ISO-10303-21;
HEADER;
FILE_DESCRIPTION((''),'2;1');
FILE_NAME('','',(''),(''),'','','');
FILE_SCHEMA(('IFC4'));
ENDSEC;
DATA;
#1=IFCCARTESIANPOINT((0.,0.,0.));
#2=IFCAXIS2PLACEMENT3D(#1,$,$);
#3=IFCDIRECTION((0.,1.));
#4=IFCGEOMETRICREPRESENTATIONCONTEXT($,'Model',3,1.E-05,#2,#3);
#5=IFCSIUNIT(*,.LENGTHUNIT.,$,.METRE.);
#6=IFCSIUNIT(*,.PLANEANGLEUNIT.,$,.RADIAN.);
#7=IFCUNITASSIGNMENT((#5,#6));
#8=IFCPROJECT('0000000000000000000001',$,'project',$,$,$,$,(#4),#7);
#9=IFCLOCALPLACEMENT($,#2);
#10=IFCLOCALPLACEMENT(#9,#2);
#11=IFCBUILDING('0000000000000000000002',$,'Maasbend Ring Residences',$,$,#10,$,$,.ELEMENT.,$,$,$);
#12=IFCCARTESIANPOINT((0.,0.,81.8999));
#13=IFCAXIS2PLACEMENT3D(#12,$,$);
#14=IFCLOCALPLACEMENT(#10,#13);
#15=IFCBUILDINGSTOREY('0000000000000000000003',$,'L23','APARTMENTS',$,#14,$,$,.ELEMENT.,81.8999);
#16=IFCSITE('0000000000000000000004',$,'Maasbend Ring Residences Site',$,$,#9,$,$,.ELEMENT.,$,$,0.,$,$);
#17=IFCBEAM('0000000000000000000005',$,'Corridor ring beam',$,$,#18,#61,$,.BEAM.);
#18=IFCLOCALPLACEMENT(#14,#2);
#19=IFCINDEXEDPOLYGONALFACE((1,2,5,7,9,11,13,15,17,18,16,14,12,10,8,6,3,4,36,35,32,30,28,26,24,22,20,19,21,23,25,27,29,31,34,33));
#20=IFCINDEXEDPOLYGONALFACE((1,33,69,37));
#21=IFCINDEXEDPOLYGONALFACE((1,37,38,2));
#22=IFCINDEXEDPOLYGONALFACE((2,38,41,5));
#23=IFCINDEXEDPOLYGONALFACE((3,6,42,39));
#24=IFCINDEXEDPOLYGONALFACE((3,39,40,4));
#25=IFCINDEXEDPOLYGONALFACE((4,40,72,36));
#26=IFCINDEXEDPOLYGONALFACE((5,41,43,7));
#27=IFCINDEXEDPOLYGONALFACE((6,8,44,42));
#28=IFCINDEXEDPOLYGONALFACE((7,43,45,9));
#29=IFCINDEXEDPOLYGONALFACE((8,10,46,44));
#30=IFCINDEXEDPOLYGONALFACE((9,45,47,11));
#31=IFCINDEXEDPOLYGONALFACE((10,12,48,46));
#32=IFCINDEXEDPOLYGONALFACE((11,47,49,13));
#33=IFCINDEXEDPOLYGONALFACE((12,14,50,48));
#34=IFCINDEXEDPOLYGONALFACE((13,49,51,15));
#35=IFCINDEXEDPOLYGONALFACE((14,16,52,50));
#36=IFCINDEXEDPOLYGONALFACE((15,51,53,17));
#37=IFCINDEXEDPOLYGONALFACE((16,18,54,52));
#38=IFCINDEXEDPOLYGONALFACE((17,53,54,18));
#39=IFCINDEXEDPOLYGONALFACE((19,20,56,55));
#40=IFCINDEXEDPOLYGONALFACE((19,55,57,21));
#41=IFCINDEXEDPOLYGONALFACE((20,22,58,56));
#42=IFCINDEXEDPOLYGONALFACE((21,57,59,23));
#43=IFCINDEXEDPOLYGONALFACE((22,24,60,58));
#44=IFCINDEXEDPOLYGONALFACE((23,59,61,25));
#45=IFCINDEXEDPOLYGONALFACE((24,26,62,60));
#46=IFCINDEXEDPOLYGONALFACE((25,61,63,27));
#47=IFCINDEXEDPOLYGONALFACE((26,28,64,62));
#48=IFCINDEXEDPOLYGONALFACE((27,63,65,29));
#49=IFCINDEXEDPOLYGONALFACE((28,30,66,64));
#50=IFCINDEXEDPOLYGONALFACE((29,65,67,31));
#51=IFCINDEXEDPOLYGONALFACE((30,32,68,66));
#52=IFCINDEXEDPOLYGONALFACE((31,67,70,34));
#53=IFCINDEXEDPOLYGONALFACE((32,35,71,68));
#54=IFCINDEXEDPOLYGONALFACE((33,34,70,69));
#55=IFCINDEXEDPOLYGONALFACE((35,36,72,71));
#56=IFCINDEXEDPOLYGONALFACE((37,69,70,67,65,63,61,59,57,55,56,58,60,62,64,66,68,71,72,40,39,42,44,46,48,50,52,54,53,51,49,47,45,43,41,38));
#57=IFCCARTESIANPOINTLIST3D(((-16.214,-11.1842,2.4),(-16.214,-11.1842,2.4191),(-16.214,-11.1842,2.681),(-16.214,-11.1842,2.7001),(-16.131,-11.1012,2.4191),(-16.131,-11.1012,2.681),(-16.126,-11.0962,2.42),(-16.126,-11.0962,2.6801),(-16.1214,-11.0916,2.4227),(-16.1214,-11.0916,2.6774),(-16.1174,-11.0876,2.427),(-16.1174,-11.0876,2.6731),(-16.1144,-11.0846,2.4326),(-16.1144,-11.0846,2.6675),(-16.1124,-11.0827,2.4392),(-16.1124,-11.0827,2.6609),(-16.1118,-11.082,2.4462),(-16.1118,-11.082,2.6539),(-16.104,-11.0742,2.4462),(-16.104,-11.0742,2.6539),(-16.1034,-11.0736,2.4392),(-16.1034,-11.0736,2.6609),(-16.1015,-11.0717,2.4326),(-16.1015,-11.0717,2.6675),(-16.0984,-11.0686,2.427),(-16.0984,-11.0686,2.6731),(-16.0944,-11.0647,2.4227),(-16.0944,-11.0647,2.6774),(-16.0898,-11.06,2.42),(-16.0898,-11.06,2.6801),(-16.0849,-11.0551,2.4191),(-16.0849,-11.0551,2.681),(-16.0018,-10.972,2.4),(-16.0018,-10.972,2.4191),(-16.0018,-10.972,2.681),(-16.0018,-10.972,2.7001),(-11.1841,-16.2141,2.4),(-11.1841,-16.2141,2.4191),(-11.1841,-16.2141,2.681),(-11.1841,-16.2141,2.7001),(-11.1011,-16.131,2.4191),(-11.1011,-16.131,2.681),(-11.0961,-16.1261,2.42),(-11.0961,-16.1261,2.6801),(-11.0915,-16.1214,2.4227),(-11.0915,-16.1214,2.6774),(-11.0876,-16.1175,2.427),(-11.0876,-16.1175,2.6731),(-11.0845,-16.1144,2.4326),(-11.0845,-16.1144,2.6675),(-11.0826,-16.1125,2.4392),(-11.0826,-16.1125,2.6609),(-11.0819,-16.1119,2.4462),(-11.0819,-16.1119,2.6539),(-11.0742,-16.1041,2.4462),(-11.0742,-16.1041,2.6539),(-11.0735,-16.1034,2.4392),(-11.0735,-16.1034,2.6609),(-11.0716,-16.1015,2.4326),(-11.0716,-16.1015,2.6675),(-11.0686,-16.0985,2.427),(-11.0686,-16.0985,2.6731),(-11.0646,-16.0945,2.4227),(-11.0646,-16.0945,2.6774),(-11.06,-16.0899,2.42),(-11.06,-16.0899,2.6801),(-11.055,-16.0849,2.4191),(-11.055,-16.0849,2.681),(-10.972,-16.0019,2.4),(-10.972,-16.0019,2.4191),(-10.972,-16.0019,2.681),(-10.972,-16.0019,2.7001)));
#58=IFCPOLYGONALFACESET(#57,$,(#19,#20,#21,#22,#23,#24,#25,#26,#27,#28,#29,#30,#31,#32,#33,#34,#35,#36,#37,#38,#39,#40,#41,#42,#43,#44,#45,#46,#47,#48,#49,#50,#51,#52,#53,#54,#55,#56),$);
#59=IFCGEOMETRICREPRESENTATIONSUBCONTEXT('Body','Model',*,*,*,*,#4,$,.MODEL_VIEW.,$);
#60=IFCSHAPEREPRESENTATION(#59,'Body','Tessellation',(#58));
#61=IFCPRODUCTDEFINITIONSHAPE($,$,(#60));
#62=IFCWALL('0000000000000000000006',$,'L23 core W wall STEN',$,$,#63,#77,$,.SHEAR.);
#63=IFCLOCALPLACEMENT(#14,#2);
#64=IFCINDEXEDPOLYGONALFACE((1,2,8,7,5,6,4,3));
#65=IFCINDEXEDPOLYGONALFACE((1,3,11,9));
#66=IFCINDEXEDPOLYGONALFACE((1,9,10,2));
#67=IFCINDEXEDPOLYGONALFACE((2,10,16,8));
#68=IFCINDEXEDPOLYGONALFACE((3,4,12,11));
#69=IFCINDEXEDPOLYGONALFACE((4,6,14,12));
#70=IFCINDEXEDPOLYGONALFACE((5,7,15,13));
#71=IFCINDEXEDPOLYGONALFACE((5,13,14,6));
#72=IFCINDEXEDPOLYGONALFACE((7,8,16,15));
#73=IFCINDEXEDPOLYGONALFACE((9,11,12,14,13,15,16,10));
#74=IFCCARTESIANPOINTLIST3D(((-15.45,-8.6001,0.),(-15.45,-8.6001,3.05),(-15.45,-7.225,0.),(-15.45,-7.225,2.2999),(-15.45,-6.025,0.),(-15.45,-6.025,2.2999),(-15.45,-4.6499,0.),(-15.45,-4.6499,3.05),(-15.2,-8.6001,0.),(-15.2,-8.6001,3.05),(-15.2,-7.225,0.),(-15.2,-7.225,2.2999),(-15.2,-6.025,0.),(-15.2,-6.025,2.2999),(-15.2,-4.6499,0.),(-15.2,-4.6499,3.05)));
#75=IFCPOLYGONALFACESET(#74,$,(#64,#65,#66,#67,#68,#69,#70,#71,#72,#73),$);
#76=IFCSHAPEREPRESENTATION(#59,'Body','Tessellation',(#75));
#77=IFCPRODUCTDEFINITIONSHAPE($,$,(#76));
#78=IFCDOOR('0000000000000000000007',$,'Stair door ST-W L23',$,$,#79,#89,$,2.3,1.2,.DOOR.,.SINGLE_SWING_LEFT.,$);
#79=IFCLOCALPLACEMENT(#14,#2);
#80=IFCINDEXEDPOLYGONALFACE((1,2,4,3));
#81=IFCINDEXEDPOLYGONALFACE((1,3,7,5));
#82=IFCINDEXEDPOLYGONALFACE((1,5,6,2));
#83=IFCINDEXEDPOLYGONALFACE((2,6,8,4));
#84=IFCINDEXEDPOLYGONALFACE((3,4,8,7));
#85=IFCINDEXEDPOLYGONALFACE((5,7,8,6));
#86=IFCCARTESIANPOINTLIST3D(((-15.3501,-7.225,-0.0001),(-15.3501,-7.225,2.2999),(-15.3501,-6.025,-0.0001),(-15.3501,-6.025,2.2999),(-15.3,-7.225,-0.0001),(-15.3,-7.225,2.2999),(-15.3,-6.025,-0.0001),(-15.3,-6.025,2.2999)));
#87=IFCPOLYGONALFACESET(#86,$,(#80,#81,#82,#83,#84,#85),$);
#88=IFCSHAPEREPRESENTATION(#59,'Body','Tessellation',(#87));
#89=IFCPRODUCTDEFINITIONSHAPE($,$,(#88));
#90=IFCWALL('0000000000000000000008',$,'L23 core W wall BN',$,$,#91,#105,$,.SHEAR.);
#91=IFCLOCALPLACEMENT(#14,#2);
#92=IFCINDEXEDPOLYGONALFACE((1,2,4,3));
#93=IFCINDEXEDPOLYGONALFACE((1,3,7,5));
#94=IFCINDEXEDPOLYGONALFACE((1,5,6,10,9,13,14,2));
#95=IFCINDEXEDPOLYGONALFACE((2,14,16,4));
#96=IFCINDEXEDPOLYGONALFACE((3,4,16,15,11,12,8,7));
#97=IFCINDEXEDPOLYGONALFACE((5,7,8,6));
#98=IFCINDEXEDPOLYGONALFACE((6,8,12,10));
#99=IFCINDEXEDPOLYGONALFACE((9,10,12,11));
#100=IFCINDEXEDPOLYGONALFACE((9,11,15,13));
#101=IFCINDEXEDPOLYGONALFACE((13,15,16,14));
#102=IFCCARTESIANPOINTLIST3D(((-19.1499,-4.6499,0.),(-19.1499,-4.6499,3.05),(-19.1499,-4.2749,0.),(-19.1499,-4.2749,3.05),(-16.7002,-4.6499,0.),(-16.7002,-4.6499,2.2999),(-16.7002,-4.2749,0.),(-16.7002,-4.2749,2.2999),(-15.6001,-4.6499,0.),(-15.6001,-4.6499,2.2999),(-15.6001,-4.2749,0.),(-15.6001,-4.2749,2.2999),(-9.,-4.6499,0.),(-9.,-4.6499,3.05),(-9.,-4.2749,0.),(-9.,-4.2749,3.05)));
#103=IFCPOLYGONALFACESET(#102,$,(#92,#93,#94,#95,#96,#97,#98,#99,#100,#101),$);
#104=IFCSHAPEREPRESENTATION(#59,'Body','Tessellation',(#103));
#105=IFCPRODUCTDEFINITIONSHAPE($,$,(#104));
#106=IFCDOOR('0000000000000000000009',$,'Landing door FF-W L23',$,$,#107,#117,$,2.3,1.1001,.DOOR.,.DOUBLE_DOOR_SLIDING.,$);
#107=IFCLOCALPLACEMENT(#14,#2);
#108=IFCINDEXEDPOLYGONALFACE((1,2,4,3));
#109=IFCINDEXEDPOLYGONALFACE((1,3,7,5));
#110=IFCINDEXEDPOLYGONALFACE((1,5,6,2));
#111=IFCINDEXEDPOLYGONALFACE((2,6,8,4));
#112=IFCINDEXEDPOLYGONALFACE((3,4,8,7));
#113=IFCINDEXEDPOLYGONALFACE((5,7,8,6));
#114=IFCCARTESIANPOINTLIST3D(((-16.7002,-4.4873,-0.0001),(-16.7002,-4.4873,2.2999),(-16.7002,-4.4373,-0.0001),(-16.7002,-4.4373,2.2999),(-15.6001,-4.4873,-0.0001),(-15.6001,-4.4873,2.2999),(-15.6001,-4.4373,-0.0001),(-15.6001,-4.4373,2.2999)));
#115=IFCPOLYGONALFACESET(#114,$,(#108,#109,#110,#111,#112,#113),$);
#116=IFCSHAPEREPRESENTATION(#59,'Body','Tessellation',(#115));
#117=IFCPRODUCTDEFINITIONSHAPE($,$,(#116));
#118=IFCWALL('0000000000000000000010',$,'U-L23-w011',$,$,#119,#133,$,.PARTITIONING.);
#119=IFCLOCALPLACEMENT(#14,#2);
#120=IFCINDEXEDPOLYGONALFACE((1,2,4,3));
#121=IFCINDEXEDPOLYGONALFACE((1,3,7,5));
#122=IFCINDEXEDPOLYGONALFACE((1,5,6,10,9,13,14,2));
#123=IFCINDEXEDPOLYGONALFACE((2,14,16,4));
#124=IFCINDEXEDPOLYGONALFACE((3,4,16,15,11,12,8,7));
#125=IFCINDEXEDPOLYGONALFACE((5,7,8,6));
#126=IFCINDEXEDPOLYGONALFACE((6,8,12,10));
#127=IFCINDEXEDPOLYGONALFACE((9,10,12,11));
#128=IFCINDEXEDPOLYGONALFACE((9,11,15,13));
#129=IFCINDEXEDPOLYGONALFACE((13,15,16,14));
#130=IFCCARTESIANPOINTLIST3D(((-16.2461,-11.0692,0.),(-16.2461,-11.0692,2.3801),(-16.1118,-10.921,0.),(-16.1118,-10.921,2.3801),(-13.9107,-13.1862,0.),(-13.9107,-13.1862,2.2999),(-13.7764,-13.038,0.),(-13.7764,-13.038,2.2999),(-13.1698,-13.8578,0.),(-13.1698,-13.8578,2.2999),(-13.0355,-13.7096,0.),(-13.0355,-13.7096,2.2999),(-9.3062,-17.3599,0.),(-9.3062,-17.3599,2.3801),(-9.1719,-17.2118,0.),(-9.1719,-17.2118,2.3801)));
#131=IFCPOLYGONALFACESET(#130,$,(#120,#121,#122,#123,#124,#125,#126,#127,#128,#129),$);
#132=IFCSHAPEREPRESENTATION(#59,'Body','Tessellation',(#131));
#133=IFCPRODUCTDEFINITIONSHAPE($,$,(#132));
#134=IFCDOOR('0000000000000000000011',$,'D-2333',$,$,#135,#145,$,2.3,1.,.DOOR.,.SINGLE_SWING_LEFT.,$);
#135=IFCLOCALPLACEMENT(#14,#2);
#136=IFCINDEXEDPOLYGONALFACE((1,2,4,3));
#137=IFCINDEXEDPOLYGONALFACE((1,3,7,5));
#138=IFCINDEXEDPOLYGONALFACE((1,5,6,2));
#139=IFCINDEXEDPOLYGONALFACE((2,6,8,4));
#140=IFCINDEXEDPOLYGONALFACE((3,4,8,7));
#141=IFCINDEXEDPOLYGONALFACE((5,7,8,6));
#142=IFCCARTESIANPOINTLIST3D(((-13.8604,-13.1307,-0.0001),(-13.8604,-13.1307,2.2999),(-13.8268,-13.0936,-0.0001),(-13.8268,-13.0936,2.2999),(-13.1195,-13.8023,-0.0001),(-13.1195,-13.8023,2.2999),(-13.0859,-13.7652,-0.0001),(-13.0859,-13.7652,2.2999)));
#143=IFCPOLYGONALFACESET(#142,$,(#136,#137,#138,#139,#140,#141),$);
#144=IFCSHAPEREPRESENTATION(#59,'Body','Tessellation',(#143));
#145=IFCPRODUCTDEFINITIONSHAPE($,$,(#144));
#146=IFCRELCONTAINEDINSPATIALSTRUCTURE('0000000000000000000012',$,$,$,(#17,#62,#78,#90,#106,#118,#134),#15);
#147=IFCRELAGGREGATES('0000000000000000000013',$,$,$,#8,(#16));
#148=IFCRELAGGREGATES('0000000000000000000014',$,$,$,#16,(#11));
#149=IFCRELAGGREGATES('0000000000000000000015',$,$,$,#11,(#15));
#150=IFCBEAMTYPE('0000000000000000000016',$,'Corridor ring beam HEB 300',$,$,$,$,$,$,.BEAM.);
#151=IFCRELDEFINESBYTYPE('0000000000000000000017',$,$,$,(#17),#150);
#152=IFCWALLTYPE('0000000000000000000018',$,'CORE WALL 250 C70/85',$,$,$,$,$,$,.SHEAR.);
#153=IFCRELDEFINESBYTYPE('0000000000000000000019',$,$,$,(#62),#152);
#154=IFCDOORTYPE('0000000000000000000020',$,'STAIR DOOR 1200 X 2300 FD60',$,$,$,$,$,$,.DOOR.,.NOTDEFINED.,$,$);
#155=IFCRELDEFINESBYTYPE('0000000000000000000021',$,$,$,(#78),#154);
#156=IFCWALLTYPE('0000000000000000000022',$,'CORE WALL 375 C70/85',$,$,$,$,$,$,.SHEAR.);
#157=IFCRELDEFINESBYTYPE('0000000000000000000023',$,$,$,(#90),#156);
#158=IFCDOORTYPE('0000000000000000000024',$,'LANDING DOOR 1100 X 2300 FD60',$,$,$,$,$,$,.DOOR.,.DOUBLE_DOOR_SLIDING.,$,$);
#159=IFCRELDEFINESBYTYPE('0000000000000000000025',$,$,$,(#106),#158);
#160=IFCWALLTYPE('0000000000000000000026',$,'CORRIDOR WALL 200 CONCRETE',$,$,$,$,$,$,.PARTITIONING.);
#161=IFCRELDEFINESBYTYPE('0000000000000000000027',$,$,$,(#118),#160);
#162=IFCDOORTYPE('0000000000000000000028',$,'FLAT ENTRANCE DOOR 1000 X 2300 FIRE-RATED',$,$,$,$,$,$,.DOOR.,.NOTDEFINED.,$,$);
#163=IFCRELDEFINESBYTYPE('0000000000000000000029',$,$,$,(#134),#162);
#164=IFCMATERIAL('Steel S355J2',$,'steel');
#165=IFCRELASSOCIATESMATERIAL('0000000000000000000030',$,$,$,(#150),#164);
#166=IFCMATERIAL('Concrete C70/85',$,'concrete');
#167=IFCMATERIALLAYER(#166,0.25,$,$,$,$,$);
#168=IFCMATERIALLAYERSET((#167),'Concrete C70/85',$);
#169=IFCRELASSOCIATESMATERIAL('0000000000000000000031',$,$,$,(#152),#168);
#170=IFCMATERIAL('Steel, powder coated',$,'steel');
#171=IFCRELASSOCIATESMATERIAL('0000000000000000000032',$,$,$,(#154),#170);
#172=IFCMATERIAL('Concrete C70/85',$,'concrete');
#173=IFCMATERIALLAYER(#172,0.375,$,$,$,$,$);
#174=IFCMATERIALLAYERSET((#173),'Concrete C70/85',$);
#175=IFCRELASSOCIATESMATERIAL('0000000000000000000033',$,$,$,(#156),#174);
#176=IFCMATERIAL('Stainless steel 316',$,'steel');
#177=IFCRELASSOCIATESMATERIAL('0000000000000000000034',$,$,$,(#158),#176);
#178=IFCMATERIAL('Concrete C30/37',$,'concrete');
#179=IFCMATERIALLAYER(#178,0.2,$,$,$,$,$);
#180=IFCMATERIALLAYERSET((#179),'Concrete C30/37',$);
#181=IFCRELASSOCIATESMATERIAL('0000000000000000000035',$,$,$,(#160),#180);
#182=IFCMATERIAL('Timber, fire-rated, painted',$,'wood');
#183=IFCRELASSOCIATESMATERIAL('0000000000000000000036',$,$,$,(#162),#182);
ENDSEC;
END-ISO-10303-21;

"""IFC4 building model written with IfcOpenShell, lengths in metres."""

from ifc_helpers import new_model, si_unit, direction, frame, frame_2d, origin, origin_2d, place, context, subcontext, project, spatial, rectangle, i_section, extrude, material, layer, layer_set, material_profile, profile_set, type_object, element, fill, save


model = new_model("IFC4")

# Units and contexts
model_context = context("Model", 3, precision=1e-05, world=origin(), true_north=direction((0.0, 1.0)))
body_context = subcontext(model_context, "Body", "Model", "MODEL_VIEW")
ifc_project = project(units=[si_unit("LENGTHUNIT", "METRE"), si_unit("PLANEANGLEUNIT", "RADIAN")], contexts=[model_context])

# Site, building, storey
site_placement = place(None, origin())
site = spatial("IfcSite", under=ifc_project, at=site_placement, Name="Maasbend Ring Residences Site", CompositionType="ELEMENT", RefElevation=0.0)
building_placement = place(site_placement, origin())
building = spatial("IfcBuilding", under=site, at=building_placement, Name="Maasbend Ring Residences", CompositionType="ELEMENT")
storey_placement = place(building_placement, frame((0.0, 0.0, 81.8999)))
storey = spatial("IfcBuildingStorey", under=building, at=storey_placement, Name="L23", Description="APARTMENTS", CompositionType="ELEMENT", Elevation=81.8999)

# Beam
ifc_material_1 = material(Name="Steel S355J2", Category="steel")
ifc_material_profile = material_profile(ifc_material_1, i_section(OverallWidth=0.3, OverallDepth=0.3, WebThickness=0.011, FlangeThickness=0.019, FilletRadius=0.0271, at=origin_2d()), Name="HEB 300")
ifc_profile_set = profile_set([ifc_material_profile], Name="Steel S355J2")
beam_type = type_object("IfcBeamType", Name="Corridor ring beam HEB 300", PredefinedType="BEAM", material=ifc_profile_set)
beam_placement = place(storey_placement, frame((-16.1079, -11.0781, 2.55), z_axis=(0.707107, -0.707107, 0.0), x_axis=(0.707107, 0.707107, 0.0)))
element("IfcBeam", 1, at=beam_placement, inside=storey, type_object=beam_type, Name="Corridor ring beam", PredefinedType="BEAM", context=body_context, shape_type="SweptSolid", body=[
    extrude(i_section(OverallWidth=0.3, OverallDepth=0.3, WebThickness=0.011, FlangeThickness=0.019, FilletRadius=0.0271, at=origin_2d()), origin(), (0.0, 0.0, 1.0), 7.1133),
])

# Walls, openings, doors
ifc_material_2 = material(Name="Concrete C70/85", Category="concrete")
ifc_layer_1 = layer(ifc_material_2, 0.25)
ifc_layer_set_1 = layer_set([ifc_layer_1], Name="Concrete C70/85")
wall_type_1 = type_object("IfcWallType", Name="CORE WALL 250 C70/85", PredefinedType="SHEAR", material=ifc_layer_set_1)
wall_1_placement = place(storey_placement, frame((-15.325, -4.6499, 0.0), z_axis=(0.0, 0.0, 1.0), x_axis=(0.0, -1.0, 0.0)))
wall_1 = element("IfcWall", 2, at=wall_1_placement, inside=storey, type_object=wall_type_1, Name="L23 core W wall STEN", PredefinedType="SHEAR", context=body_context, shape_type="SweptSolid", body=[
    extrude(rectangle(XDim=3.9502, YDim=0.25, at=frame_2d((1.9751, 0.0))), origin(), (0.0, 0.0, 1.0), 3.05),
])
opening_1_placement = place(wall_1_placement, frame((1.375, 0.0, 0.0)))
opening_1 = element("IfcOpeningElement", 3, at=opening_1_placement, cuts=wall_1, PredefinedType="OPENING", context=body_context, shape_type="SweptSolid", body=[
    extrude(rectangle(XDim=1.2, YDim=2.3, at=frame_2d((0.6001, 1.1499))), frame((0.0, 0.135, 0.0), z_axis=(0.0, -1.0, 0.0), x_axis=(1.0, 0.0, 0.0)), (0.0, 0.0, 1.0), 0.27),
])
ifc_material_3 = material(Name="Steel, powder coated", Category="steel")
door_type_1 = type_object("IfcDoorType", Name="STAIR DOOR 1200 X 2300 FD60", OperationType="NOTDEFINED", PredefinedType="DOOR", material=ifc_material_3)
door_1_placement = place(opening_1_placement, origin())
door_1 = element("IfcDoor", 4, at=door_1_placement, inside=storey, type_object=door_type_1, Name="Stair door ST-W L23", OperationType="SINGLE_SWING_LEFT", OverallHeight=2.3, OverallWidth=1.2, PredefinedType="DOOR", context=body_context, shape_type="SweptSolid", body=[
    extrude(rectangle(XDim=1.2, YDim=2.3, at=frame_2d((0.6001, 1.1499))), frame((0.0, 0.0249, 0.0), z_axis=(0.0, -1.0, 0.0), x_axis=(1.0, 0.0, 0.0)), (0.0, 0.0, 1.0), 0.05),
])
fill(opening_1, door_1)
ifc_material_4 = material(Name="Concrete C70/85", Category="concrete")
ifc_layer_2 = layer(ifc_material_4, 0.375)
ifc_layer_set_2 = layer_set([ifc_layer_2], Name="Concrete C70/85")
wall_type_2 = type_object("IfcWallType", Name="CORE WALL 375 C70/85", PredefinedType="SHEAR", material=ifc_layer_set_2)
wall_2_placement = place(storey_placement, frame((-9.0, -4.4624, 0.0), z_axis=(0.0, 0.0, 1.0), x_axis=(-1.0, 0.0, 0.0)))
wall_2 = element("IfcWall", 5, at=wall_2_placement, inside=storey, type_object=wall_type_2, Name="L23 core W wall BN", PredefinedType="SHEAR", context=body_context, shape_type="SweptSolid", body=[
    extrude(rectangle(XDim=10.1499, YDim=0.375, at=frame_2d((5.075, 0.0))), origin(), (0.0, 0.0, 1.0), 3.05),
])
opening_2_placement = place(wall_2_placement, frame((6.6001, 0.0, 0.0)))
opening_2 = element("IfcOpeningElement", 6, at=opening_2_placement, cuts=wall_2, PredefinedType="OPENING", context=body_context, shape_type="SweptSolid", body=[
    extrude(rectangle(XDim=1.1001, YDim=2.3, at=frame_2d((0.55, 1.1499))), frame((0.0, 0.1975, 0.0), z_axis=(0.0, -1.0, 0.0), x_axis=(1.0, 0.0, 0.0)), (0.0, 0.0, 1.0), 0.395),
])
ifc_material_5 = material(Name="Stainless steel 316", Category="steel")
door_type_2 = type_object("IfcDoorType", Name="LANDING DOOR 1100 X 2300 FD60", OperationType="DOUBLE_DOOR_SLIDING", PredefinedType="DOOR", material=ifc_material_5)
door_2_placement = place(opening_2_placement, origin())
door_2 = element("IfcDoor", 7, at=door_2_placement, inside=storey, type_object=door_type_2, Name="Landing door FF-W L23", OperationType="DOUBLE_DOOR_SLIDING", OverallHeight=2.3, OverallWidth=1.1001, PredefinedType="DOOR", context=body_context, shape_type="SweptSolid", body=[
    extrude(rectangle(XDim=1.1001, YDim=2.3, at=frame_2d((0.55, 1.1499))), frame((0.0, 0.0249, 0.0), z_axis=(0.0, -1.0, 0.0), x_axis=(1.0, 0.0, 0.0)), (0.0, 0.0, 1.0), 0.05),
])
fill(opening_2, door_2)
ifc_material_6 = material(Name="Concrete C30/37", Category="concrete")
ifc_layer_3 = layer(ifc_material_6, 0.2)
ifc_layer_set_3 = layer_set([ifc_layer_3], Name="Concrete C30/37")
wall_type_3 = type_object("IfcWallType", Name="CORRIDOR WALL 200 CONCRETE", PredefinedType="PARTITIONING", material=ifc_layer_set_3)
wall_3_placement = place(storey_placement, frame((-16.179, -10.9951, 0.0), z_axis=(0.0, 0.0, 1.0), x_axis=(0.74091, -0.671604, 0.0)))
wall_3 = element("IfcWall", 8, at=wall_3_placement, inside=storey, type_object=wall_type_3, Name="U-L23-w011", PredefinedType="PARTITIONING", context=body_context, shape_type="SweptSolid", body=[
    extrude(rectangle(XDim=9.3667, YDim=0.2, at=frame_2d((4.6833, 0.0))), origin(), (0.0, 0.0, 1.0), 2.3801),
])
opening_3_placement = place(wall_3_placement, frame((3.1521, 0.0, 0.0)))
opening_3 = element("IfcOpeningElement", 9, at=opening_3_placement, cuts=wall_3, PredefinedType="OPENING", context=body_context, shape_type="SweptSolid", body=[
    extrude(rectangle(XDim=1.0, YDim=2.3, at=frame_2d((0.5, 1.1499))), frame((0.0, 0.1099, 0.0), z_axis=(0.0, -1.0, 0.0), x_axis=(1.0, 0.0, 0.0)), (0.0, 0.0, 1.0), 0.22),
])
ifc_material_7 = material(Name="Timber, fire-rated, painted", Category="wood")
door_type_3 = type_object("IfcDoorType", Name="FLAT ENTRANCE DOOR 1000 X 2300 FIRE-RATED", OperationType="NOTDEFINED", PredefinedType="DOOR", material=ifc_material_7)
door_3_placement = place(opening_3_placement, origin())
door_3 = element("IfcDoor", 10, at=door_3_placement, inside=storey, type_object=door_type_3, Name="D-2333", OperationType="SINGLE_SWING_LEFT", OverallHeight=2.3, OverallWidth=1.0, PredefinedType="DOOR", context=body_context, shape_type="SweptSolid", body=[
    extrude(rectangle(XDim=1.0, YDim=2.3, at=frame_2d((0.5, 1.1499))), frame((0.0, 0.0249, 0.0), z_axis=(0.0, -1.0, 0.0), x_axis=(1.0, 0.0, 0.0)), (0.0, 0.0, 1.0), 0.05),
])
fill(opening_3, door_3)

save(model, "model.ifc")
